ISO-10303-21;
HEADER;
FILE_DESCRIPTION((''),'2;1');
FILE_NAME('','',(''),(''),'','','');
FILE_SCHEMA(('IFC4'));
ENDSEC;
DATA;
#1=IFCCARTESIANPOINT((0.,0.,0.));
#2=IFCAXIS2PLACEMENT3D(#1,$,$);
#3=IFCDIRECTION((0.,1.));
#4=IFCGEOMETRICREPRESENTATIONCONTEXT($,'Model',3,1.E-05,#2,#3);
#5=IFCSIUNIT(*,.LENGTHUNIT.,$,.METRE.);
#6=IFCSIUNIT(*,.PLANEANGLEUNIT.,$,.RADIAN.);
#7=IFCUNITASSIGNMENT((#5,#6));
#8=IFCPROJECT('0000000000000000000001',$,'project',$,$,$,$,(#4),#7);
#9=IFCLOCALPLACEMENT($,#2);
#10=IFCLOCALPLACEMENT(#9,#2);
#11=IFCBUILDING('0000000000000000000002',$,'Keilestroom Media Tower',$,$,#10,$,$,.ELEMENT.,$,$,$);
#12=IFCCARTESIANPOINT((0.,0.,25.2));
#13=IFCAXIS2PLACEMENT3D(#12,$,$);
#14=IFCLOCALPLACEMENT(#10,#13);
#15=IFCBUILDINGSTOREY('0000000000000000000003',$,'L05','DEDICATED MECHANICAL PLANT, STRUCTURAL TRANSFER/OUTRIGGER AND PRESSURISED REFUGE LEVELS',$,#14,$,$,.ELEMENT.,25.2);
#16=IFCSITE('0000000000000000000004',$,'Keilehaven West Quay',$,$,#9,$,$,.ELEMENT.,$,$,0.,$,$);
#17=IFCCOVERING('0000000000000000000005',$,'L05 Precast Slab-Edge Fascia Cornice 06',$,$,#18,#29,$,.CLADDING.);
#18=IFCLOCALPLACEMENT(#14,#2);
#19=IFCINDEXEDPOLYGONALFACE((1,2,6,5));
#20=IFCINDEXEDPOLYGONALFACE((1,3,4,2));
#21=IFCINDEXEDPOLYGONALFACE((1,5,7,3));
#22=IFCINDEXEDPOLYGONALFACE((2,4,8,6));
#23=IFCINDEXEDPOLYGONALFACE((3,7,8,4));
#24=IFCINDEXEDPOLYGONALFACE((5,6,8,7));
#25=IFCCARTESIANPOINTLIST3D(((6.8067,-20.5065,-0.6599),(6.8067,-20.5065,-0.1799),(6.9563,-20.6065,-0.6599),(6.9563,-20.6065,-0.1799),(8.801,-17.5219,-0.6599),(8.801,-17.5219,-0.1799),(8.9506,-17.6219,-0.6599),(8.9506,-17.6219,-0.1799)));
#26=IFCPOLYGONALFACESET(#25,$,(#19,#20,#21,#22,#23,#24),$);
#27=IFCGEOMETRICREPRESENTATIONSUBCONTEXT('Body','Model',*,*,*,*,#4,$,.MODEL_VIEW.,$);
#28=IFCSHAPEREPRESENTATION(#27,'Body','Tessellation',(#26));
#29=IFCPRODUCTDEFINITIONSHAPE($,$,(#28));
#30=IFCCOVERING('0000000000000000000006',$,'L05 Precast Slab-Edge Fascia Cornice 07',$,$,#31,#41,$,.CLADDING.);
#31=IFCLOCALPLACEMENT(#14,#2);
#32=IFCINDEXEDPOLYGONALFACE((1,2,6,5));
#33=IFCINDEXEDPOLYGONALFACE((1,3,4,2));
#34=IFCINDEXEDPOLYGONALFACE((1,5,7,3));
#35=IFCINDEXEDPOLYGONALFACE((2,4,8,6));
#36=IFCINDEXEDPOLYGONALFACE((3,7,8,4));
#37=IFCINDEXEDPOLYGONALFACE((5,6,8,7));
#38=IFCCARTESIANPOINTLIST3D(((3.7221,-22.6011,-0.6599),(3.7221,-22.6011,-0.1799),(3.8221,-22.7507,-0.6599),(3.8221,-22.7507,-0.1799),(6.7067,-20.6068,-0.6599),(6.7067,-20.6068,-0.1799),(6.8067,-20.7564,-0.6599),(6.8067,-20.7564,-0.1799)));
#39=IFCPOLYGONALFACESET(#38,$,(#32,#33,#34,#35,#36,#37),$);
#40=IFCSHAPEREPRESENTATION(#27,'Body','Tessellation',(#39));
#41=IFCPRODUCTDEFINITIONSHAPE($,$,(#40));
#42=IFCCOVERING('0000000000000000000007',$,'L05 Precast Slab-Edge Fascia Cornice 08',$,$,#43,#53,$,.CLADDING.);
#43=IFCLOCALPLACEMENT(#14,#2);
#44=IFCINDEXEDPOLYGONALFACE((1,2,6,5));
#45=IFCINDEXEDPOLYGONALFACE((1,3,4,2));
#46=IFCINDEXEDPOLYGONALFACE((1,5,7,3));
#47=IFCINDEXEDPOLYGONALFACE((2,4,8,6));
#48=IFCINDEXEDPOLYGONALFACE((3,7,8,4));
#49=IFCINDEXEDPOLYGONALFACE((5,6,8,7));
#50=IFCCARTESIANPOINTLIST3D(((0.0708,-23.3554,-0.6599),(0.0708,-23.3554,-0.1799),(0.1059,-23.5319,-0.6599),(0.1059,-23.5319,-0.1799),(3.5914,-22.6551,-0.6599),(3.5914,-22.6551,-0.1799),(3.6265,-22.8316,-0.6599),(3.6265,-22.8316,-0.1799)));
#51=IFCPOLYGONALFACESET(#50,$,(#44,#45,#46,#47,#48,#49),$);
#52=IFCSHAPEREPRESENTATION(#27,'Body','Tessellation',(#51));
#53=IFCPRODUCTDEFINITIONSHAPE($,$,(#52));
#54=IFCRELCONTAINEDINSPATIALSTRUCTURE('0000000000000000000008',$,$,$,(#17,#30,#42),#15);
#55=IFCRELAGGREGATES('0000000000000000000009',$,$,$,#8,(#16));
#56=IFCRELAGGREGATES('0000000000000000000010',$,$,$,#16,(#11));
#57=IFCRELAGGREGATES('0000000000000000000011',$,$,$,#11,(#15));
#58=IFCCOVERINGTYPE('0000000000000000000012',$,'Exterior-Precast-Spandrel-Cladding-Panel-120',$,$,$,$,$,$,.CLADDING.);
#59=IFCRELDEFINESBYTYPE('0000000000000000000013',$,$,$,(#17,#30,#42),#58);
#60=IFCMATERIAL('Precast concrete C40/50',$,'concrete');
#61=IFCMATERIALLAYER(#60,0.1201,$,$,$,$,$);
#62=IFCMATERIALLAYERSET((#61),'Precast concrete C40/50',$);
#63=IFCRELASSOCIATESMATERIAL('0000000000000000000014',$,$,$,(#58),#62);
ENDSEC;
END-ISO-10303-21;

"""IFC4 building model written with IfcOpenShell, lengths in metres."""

from ifc_helpers import new_model, si_unit, direction, frame, origin, origin_2d, place, context, subcontext, project, spatial, rectangle, extrude, source, transform, mapped, material, layer, layer_set, type_object, element, save


model = new_model("IFC4")

# Units and contexts
model_context = context("Model", 3, precision=1e-05, world=origin(), true_north=direction((0.0, 1.0)))
body_context = subcontext(model_context, "Body", "Model", "MODEL_VIEW")
ifc_project = project(units=[si_unit("LENGTHUNIT", "METRE"), si_unit("PLANEANGLEUNIT", "RADIAN")], contexts=[model_context])

# Site, building, storey
site_placement = place(None, origin())
site = spatial("IfcSite", under=ifc_project, at=site_placement, Name="Keilehaven West Quay", CompositionType="ELEMENT", RefElevation=0.0)
building_placement = place(site_placement, origin())
building = spatial("IfcBuilding", under=site, at=building_placement, Name="Keilestroom Media Tower", CompositionType="ELEMENT")
storey_placement = place(building_placement, frame((0.0, 0.0, 25.2)))
storey = spatial("IfcBuildingStorey", under=building, at=storey_placement, Name="L05", Description="DEDICATED MECHANICAL PLANT, STRUCTURAL TRANSFER/OUTRIGGER AND PRESSURISED REFUGE LEVELS", CompositionType="ELEMENT", Elevation=25.2)

# Shared definitions
ifc_material_1 = material(Name="Precast concrete C40/50", Category="concrete")

# Coverings
ifc_layer_1 = layer(ifc_material_1, 0.1201)
ifc_layer_set_1 = layer_set([ifc_layer_1], Name="Precast concrete C40/50")
covering_type = type_object("IfcCoveringType", Name="Exterior-Precast-Spandrel-Cladding-Panel-120", PredefinedType="CLADDING", material=ifc_layer_set_1)
shared_shape_1 = source(origin(), body_context, "Body", "SweptSolid", [
    extrude(rectangle(XDim=3.5896, YDim=0.1799, at=origin_2d()), origin(), (0.0, 0.0, 1.0), 0.48),
])
for number, where, z_axis, x_axis, name in (
    (1, (7.8787, -19.0642, -0.6599), (0.0, 0.0, 1.0), (-0.555575, -0.831467, 0.0), "L05 Precast Slab-Edge Fascia Cornice 06"),
    (2, (5.2644, -21.6787, -0.6599), (0.0, 0.0, 1.0), (-0.831467, -0.555575, 0.0), "L05 Precast Slab-Edge Fascia Cornice 07"),
    (3, (1.8486, -23.0935, -0.6599), (0.0, 0.0, 1.0), (-0.980784, -0.195099, 0.0), "L05 Precast Slab-Edge Fascia Cornice 08"),
):
    element("IfcCovering", number, at=place(storey_placement, frame(where, z_axis=z_axis, x_axis=x_axis)), inside=storey, type_object=covering_type, Name=name, PredefinedType="CLADDING", context=body_context, shape_type="MappedRepresentation", body=[
        mapped(shared_shape_1, transform((0.0, 0.0, 0.0), x_axis=(1.0, 0.0, 0.0), y_axis=(0.0, 1.0, 0.0), z_axis=(0.0, 0.0, 1.0), scale=1.0)),
    ])

save(model, "model.ifc")
